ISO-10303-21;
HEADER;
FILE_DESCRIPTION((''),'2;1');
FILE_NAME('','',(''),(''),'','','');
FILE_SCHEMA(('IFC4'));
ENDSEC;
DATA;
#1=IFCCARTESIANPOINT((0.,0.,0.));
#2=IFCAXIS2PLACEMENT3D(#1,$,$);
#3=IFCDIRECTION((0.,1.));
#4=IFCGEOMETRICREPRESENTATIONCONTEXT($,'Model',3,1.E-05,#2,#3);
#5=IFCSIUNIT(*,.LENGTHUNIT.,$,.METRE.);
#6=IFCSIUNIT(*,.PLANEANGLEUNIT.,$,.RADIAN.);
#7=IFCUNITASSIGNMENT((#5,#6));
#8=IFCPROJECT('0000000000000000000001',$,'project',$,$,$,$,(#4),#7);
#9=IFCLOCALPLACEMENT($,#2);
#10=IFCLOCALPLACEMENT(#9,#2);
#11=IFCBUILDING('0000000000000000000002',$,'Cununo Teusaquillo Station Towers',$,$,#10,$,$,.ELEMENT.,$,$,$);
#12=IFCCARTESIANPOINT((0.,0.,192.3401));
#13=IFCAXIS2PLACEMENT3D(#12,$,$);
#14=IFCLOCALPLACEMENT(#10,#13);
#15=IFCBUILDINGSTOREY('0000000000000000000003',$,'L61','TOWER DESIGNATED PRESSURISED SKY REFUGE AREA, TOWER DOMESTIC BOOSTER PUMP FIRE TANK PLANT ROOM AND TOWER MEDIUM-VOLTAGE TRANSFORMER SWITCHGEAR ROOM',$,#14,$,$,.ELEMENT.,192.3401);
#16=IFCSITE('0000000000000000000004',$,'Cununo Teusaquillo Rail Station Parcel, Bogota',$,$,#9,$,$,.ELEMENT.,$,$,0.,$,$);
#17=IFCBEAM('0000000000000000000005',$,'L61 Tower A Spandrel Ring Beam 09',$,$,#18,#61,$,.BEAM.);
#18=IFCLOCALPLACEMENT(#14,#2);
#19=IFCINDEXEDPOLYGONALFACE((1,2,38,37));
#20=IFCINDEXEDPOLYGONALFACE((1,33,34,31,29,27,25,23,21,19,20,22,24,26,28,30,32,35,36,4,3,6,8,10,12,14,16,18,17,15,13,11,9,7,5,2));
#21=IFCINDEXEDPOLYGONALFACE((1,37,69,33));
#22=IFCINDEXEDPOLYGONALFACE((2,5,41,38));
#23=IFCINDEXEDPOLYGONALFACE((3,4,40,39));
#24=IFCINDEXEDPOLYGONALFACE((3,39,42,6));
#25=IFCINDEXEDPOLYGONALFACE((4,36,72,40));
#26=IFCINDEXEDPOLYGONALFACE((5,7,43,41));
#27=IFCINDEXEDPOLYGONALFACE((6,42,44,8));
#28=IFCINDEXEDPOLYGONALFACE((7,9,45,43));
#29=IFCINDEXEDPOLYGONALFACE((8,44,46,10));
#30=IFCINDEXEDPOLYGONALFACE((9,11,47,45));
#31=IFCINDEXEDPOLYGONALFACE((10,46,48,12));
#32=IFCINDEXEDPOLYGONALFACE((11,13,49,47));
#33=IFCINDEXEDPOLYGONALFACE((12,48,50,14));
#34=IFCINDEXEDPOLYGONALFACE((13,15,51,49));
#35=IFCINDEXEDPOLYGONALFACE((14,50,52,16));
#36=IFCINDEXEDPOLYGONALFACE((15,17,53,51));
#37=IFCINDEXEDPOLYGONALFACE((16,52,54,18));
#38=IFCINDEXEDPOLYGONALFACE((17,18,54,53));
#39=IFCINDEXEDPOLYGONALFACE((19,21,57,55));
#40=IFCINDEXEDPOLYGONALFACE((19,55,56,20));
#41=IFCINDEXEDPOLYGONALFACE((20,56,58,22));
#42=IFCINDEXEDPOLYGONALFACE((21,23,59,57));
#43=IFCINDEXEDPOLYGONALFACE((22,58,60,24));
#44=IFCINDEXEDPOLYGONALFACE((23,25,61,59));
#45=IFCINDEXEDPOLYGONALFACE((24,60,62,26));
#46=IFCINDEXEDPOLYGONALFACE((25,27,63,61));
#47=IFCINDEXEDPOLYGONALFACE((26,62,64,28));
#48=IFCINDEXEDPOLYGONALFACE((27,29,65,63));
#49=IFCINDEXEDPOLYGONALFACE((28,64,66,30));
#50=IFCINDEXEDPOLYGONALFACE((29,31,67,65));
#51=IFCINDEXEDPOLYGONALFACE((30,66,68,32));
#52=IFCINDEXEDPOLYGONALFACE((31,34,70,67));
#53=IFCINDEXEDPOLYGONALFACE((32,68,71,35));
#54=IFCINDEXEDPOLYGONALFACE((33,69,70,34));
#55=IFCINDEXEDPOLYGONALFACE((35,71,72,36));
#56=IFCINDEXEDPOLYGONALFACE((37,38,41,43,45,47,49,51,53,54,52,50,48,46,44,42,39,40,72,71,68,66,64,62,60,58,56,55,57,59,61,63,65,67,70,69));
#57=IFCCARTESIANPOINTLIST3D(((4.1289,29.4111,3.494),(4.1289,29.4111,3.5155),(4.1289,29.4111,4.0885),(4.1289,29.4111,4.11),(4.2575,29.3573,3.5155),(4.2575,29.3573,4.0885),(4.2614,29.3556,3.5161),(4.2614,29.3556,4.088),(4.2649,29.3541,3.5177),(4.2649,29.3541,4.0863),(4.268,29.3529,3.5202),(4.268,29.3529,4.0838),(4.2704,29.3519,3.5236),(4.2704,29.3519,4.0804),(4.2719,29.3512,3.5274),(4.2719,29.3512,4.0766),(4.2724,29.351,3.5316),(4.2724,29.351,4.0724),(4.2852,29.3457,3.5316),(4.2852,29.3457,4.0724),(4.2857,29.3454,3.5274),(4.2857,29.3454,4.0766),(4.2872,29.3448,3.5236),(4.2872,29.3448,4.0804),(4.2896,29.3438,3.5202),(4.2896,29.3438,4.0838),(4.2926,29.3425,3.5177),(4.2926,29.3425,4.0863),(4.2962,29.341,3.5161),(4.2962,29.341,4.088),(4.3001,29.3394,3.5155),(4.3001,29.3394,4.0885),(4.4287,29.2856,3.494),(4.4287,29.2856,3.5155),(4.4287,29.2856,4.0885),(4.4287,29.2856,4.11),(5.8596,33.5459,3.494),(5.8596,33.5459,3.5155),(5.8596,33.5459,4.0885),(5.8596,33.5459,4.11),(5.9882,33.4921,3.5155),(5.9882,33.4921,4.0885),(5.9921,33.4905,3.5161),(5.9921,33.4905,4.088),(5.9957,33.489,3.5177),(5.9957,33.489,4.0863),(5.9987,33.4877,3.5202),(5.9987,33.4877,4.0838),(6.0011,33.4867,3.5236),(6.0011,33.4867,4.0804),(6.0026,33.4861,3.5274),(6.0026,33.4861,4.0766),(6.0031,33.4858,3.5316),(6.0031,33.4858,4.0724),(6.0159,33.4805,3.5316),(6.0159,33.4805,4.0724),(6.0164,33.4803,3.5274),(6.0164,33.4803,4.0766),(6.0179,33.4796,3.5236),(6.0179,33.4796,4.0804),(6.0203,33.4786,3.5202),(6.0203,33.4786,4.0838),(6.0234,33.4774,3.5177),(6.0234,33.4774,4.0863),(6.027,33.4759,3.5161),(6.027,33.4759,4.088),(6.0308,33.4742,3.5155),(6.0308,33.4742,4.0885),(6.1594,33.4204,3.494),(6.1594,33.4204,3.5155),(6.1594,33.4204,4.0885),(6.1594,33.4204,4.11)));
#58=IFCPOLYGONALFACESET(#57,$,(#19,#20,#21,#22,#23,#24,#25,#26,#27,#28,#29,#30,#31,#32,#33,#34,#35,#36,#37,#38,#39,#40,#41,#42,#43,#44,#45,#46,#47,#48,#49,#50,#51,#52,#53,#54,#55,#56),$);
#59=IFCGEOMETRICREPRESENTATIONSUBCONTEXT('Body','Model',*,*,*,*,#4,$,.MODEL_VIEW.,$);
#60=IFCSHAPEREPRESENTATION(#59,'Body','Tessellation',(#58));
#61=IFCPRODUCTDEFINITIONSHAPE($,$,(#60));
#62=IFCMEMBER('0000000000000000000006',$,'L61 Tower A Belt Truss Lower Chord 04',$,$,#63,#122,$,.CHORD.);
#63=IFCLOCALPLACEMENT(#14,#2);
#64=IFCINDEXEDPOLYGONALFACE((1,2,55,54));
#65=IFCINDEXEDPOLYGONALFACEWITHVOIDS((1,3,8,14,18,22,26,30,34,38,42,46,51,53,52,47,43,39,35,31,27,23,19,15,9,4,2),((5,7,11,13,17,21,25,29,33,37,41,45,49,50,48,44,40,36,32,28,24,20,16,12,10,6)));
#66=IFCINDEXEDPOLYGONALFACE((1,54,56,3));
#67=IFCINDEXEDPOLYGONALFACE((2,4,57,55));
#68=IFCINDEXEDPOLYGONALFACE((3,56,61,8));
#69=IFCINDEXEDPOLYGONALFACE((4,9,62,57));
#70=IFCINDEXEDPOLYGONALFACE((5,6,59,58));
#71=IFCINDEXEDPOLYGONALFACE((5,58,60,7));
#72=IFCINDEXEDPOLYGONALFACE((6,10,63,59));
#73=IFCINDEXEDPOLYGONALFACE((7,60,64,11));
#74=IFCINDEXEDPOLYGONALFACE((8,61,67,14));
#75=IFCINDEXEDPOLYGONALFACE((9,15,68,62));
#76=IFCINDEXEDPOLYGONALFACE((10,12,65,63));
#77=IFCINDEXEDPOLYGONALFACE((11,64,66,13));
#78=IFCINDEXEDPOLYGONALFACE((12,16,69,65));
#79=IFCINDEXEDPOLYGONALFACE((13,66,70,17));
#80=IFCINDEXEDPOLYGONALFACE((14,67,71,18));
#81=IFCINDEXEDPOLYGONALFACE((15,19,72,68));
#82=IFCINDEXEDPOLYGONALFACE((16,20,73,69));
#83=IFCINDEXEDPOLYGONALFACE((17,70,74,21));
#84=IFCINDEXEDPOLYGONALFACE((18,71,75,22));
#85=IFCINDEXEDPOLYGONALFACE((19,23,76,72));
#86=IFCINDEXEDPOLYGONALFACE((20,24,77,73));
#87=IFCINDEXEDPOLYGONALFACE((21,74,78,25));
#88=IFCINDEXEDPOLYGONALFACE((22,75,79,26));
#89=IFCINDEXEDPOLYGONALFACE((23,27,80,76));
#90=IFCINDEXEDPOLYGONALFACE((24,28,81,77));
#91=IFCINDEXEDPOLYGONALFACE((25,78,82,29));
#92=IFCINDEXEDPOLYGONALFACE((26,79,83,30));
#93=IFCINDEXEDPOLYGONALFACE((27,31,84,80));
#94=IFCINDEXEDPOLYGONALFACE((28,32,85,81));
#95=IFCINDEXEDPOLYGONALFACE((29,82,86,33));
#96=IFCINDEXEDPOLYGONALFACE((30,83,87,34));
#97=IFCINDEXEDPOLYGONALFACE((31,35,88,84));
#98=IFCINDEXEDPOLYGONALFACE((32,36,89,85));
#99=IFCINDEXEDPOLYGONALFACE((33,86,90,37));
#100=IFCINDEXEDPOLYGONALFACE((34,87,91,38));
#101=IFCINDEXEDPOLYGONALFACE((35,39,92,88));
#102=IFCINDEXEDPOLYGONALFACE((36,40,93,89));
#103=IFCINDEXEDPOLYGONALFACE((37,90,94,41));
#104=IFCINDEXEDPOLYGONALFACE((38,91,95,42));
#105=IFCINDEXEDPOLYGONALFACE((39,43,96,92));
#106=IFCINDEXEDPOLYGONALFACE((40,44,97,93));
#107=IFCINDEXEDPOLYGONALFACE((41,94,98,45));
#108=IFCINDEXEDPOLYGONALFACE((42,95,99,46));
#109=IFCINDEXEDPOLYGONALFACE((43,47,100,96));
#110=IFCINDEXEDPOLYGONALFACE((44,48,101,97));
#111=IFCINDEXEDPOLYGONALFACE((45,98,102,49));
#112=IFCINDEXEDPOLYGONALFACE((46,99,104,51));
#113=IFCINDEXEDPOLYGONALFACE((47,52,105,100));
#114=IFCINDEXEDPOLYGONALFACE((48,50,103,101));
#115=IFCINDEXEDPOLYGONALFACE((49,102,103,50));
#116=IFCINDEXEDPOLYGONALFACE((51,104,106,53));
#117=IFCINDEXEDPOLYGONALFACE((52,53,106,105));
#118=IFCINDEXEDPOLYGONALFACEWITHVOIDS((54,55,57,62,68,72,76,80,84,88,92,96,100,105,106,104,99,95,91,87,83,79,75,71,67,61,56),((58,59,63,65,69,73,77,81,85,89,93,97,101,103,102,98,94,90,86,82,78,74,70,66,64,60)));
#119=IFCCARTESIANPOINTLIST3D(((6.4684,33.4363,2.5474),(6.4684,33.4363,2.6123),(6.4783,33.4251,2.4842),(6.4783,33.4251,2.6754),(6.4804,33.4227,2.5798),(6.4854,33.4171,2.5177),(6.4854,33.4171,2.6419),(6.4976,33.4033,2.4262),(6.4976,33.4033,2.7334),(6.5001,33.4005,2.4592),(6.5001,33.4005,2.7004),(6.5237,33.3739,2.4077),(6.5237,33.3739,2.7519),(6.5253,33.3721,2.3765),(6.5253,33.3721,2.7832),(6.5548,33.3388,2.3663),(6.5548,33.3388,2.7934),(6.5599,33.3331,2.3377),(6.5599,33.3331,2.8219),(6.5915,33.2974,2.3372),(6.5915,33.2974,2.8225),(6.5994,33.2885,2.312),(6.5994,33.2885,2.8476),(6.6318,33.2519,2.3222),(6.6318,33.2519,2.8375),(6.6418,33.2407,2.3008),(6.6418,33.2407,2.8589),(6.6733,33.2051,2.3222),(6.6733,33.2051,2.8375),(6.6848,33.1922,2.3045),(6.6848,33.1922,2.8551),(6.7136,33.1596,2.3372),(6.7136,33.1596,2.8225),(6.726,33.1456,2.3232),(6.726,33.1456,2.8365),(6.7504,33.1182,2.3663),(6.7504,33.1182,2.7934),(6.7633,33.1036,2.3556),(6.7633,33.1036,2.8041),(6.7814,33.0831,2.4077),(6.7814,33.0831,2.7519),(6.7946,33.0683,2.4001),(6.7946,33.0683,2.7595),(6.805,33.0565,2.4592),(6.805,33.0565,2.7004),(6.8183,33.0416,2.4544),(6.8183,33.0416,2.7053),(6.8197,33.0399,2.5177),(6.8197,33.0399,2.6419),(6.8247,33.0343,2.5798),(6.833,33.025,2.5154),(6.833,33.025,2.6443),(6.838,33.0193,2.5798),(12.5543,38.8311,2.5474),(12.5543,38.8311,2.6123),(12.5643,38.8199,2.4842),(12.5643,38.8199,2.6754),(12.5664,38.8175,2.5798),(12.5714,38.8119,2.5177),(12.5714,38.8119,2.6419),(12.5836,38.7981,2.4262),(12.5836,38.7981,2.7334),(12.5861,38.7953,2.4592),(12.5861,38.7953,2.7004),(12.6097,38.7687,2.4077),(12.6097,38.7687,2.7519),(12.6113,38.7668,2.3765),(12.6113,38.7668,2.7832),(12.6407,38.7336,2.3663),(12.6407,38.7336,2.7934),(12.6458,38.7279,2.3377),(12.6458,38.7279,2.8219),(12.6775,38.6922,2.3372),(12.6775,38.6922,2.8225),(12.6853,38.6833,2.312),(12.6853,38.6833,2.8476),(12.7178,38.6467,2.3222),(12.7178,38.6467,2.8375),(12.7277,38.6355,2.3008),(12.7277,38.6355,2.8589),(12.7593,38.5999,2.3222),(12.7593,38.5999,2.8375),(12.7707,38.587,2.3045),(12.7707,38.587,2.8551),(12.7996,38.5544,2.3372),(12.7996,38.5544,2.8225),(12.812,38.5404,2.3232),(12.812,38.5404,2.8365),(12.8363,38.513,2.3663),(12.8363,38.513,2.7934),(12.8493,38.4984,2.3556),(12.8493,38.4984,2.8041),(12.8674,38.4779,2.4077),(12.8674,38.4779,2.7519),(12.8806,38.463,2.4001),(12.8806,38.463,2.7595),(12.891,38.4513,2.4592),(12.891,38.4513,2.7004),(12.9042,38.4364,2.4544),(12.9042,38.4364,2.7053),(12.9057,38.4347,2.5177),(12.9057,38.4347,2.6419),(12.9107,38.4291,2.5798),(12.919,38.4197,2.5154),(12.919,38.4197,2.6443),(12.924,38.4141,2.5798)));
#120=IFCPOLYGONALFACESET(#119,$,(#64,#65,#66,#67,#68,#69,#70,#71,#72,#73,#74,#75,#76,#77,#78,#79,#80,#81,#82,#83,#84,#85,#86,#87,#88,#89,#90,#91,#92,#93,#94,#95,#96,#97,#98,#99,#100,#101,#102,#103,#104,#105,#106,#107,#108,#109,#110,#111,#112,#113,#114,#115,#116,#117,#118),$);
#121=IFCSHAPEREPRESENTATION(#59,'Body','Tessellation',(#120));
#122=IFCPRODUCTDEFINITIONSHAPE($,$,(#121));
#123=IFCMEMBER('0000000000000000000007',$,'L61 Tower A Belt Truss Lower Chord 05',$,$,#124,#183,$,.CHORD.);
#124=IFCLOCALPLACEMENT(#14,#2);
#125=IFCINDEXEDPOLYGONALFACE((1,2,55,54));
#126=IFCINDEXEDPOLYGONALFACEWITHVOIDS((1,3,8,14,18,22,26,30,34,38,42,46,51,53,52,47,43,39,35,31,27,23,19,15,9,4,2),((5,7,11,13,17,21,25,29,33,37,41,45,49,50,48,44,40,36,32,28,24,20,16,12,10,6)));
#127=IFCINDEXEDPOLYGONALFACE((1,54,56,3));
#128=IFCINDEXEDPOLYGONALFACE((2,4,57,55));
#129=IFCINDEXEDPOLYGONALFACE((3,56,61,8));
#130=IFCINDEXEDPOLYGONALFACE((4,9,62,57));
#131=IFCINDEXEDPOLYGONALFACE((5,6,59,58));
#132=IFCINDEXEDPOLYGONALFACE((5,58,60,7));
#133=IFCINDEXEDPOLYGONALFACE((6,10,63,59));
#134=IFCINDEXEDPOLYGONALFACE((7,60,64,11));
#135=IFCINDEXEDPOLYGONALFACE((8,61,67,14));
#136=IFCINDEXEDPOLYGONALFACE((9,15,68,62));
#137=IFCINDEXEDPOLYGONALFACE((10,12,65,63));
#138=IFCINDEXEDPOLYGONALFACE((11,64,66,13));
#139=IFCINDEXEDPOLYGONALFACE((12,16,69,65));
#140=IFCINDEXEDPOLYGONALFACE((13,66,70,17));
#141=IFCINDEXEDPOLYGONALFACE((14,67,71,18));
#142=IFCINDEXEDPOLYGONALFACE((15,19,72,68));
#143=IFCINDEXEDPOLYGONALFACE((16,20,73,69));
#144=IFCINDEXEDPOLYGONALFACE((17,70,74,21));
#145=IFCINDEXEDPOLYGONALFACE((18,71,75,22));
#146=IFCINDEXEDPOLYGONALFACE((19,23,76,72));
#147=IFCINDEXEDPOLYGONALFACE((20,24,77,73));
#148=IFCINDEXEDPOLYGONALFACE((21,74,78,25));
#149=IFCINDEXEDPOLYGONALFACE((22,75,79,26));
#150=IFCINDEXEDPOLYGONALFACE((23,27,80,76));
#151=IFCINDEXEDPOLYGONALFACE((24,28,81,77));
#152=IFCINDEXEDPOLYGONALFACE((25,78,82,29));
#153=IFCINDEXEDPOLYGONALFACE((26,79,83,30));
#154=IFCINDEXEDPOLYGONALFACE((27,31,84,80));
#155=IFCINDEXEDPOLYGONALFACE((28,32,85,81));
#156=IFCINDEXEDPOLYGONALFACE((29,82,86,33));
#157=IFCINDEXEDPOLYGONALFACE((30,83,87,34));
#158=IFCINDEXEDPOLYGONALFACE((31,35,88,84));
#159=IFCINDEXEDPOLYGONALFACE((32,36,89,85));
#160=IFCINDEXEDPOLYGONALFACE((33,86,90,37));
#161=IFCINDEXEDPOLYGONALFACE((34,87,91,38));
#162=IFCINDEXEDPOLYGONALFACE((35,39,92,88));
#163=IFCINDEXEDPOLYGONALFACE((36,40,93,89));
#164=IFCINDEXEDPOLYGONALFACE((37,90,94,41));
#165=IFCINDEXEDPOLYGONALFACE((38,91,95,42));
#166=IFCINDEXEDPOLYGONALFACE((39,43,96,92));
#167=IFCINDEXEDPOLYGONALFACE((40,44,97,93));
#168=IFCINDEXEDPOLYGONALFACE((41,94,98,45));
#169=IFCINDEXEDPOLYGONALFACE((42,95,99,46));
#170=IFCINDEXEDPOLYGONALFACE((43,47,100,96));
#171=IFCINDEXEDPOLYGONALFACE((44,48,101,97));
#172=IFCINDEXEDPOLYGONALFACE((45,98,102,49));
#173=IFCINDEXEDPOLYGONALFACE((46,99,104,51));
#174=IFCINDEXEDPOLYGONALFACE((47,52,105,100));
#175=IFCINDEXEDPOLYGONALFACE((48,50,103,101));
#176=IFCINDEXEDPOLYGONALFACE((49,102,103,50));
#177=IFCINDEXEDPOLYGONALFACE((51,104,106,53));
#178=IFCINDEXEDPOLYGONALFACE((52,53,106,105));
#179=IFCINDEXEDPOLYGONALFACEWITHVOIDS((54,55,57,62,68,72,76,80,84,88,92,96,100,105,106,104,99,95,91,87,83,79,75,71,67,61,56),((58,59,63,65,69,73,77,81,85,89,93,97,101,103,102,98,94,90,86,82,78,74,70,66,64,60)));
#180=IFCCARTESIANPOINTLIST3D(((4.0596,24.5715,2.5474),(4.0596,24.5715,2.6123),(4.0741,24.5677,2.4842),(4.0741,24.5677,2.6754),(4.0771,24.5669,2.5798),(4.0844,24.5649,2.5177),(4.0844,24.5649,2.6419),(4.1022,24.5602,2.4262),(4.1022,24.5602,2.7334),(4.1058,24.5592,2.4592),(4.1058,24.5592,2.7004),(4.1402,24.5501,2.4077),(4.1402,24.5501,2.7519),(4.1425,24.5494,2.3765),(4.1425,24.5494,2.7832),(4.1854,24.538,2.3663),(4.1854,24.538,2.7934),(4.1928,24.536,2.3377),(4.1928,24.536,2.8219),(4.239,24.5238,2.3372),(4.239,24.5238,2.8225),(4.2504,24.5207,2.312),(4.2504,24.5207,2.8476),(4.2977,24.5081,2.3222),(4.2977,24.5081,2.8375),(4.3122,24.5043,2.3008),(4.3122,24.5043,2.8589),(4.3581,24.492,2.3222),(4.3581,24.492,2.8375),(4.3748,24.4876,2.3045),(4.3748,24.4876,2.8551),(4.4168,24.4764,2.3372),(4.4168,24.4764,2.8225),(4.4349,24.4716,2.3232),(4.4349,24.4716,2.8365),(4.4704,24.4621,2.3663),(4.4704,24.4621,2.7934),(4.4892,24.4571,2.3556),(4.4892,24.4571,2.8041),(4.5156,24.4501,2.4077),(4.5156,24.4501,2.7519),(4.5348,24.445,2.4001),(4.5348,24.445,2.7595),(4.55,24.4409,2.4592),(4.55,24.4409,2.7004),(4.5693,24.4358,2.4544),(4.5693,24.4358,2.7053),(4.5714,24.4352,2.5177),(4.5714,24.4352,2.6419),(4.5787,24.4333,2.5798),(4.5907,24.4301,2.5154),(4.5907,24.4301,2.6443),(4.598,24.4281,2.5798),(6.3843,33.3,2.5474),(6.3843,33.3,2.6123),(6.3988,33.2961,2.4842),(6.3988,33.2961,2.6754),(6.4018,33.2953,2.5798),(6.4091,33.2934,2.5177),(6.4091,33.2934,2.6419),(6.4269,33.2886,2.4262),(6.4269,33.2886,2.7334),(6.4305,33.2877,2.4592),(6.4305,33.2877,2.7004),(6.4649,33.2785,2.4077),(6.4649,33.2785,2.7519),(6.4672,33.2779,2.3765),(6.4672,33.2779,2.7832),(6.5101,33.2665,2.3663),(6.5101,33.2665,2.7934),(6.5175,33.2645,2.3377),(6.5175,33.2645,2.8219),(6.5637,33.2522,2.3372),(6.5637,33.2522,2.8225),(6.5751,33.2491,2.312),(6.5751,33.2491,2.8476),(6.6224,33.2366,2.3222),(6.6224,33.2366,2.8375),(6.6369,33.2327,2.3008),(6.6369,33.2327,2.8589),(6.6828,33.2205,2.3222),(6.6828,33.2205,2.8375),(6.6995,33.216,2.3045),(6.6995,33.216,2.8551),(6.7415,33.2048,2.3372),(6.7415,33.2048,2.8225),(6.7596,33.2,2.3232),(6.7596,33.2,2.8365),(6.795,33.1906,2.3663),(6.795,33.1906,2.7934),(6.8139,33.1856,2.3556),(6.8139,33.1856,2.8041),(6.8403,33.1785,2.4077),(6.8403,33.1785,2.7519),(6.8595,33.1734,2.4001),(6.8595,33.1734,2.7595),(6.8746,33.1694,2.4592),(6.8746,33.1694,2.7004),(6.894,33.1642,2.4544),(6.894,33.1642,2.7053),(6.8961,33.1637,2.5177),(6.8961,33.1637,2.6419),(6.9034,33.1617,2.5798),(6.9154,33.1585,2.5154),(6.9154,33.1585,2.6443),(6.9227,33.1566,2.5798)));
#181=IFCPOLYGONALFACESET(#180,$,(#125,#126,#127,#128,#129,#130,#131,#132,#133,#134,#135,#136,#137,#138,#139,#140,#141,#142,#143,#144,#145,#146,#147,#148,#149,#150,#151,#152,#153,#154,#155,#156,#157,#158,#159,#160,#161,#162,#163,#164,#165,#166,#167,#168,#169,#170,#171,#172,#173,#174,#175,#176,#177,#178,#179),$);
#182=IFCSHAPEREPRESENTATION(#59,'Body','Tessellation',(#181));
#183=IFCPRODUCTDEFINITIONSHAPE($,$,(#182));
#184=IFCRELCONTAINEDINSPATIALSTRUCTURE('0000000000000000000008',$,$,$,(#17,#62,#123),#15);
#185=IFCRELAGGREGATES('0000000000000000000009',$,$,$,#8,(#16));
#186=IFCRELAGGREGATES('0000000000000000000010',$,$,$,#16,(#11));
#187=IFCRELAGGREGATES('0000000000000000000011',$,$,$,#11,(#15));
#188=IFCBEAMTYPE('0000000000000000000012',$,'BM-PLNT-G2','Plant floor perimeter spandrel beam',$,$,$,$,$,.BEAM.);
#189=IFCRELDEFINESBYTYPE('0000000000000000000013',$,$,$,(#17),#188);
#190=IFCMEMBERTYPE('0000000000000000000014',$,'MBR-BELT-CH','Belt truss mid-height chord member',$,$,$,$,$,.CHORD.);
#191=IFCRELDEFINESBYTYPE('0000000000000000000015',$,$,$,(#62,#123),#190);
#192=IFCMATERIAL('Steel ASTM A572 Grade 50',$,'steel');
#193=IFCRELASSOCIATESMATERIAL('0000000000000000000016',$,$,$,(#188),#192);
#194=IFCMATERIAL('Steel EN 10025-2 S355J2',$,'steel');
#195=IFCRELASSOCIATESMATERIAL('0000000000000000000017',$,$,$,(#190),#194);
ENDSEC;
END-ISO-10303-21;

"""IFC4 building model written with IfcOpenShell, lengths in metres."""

from ifc_helpers import new_model, si_unit, direction, frame, origin, origin_2d, place, context, subcontext, project, spatial, hollow_circle, i_section, extrude, material, material_profile, profile_set, type_object, element, save


model = new_model("IFC4")

# Units and contexts
model_context = context("Model", 3, precision=1e-05, world=origin(), true_north=direction((0.0, 1.0)))
body_context = subcontext(model_context, "Body", "Model", "MODEL_VIEW")
ifc_project = project(units=[si_unit("LENGTHUNIT", "METRE"), si_unit("PLANEANGLEUNIT", "RADIAN")], contexts=[model_context])

# Site, building, storey
site_placement = place(None, origin())
site = spatial("IfcSite", under=ifc_project, at=site_placement, Name="Cununo Teusaquillo Rail Station Parcel, Bogota", CompositionType="ELEMENT", RefElevation=0.0)
building_placement = place(site_placement, origin())
building = spatial("IfcBuilding", under=site, at=building_placement, Name="Cununo Teusaquillo Station Towers", CompositionType="ELEMENT")
storey_placement = place(building_placement, frame((0.0, 0.0, 192.3401)))
storey = spatial("IfcBuildingStorey", under=building, at=storey_placement, Name="L61", Description="TOWER DESIGNATED PRESSURISED SKY REFUGE AREA, TOWER DOMESTIC BOOSTER PUMP FIRE TANK PLANT ROOM AND TOWER MEDIUM-VOLTAGE TRANSFORMER SWITCHGEAR ROOM", CompositionType="ELEMENT", Elevation=192.3401)

# Beam
ifc_material_1 = material(Name="Steel ASTM A572 Grade 50", Category="steel")
ifc_material_profile_1 = material_profile(ifc_material_1, i_section(OverallWidth=0.325, OverallDepth=0.616, WebThickness=0.0139, FlangeThickness=0.0215, FilletRadius=0.0161, at=origin_2d()), Name="W24X117")
ifc_profile_set_1 = profile_set([ifc_material_profile_1], Name="Steel ASTM A572 Grade 50")
beam_type_1 = type_object("IfcBeamType", Name="BM-PLNT-G2", Description="Plant floor perimeter spandrel beam", PredefinedType="BEAM", material=ifc_profile_set_1)
beam_1_placement = place(storey_placement, frame((6.0095, 33.4832, 3.802), z_axis=(-0.386115, -0.92245, 0.0), x_axis=(0.92245, -0.386115, 0.0)))
element("IfcBeam", 1, at=beam_1_placement, inside=storey, type_object=beam_type_1, Name="L61 Tower A Spandrel Ring Beam 09", PredefinedType="BEAM", context=body_context, shape_type="SweptSolid", body=[
    extrude(i_section(OverallWidth=0.325, OverallDepth=0.616, WebThickness=0.0139, FlangeThickness=0.0215, FilletRadius=0.0161, at=origin_2d()), origin(), (0.0, 0.0, 1.0), 4.4824),
])

# Members
ifc_material_2 = material(Name="Steel EN 10025-2 S355J2", Category="steel")
ifc_material_profile_2 = material_profile(ifc_material_2, hollow_circle(Radius=0.2795, WallThickness=0.02, at=origin_2d()), Name="CHS 559x20")
ifc_profile_set_2 = profile_set([ifc_material_profile_2], Name="Steel EN 10025-2 S355J2")
member_type_1 = type_object("IfcMemberType", Name="MBR-BELT-CH", Description="Belt truss mid-height chord member", PredefinedType="CHORD", material=ifc_profile_set_2)
member_1_placement = place(storey_placement, frame((12.7385, 38.6233, 2.5798), z_axis=(-0.748321, -0.663337, 0.0), x_axis=(0.663337, -0.748321, 0.0)))
element("IfcMember", 2, at=member_1_placement, inside=storey, type_object=member_type_1, Name="L61 Tower A Belt Truss Lower Chord 04", PredefinedType="CHORD", context=body_context, shape_type="SweptSolid", body=[
    extrude(hollow_circle(Radius=0.2795, WallThickness=0.02, at=origin_2d()), origin(), (0.0, 0.0, 1.0), 8.1328),
])
member_2_placement = place(storey_placement, frame((6.6526, 33.2285, 2.5798), z_axis=(-0.257363, -0.966315, 0.0), x_axis=(0.966315, -0.257363, 0.0)))
element("IfcMember", 3, at=member_2_placement, inside=storey, type_object=member_type_1, Name="L61 Tower A Belt Truss Lower Chord 05", PredefinedType="CHORD", context=body_context, shape_type="SweptSolid", body=[
    extrude(hollow_circle(Radius=0.2795, WallThickness=0.02, at=origin_2d()), origin(), (0.0, 0.0, 1.0), 9.0327),
])

save(model, "model.ifc")
